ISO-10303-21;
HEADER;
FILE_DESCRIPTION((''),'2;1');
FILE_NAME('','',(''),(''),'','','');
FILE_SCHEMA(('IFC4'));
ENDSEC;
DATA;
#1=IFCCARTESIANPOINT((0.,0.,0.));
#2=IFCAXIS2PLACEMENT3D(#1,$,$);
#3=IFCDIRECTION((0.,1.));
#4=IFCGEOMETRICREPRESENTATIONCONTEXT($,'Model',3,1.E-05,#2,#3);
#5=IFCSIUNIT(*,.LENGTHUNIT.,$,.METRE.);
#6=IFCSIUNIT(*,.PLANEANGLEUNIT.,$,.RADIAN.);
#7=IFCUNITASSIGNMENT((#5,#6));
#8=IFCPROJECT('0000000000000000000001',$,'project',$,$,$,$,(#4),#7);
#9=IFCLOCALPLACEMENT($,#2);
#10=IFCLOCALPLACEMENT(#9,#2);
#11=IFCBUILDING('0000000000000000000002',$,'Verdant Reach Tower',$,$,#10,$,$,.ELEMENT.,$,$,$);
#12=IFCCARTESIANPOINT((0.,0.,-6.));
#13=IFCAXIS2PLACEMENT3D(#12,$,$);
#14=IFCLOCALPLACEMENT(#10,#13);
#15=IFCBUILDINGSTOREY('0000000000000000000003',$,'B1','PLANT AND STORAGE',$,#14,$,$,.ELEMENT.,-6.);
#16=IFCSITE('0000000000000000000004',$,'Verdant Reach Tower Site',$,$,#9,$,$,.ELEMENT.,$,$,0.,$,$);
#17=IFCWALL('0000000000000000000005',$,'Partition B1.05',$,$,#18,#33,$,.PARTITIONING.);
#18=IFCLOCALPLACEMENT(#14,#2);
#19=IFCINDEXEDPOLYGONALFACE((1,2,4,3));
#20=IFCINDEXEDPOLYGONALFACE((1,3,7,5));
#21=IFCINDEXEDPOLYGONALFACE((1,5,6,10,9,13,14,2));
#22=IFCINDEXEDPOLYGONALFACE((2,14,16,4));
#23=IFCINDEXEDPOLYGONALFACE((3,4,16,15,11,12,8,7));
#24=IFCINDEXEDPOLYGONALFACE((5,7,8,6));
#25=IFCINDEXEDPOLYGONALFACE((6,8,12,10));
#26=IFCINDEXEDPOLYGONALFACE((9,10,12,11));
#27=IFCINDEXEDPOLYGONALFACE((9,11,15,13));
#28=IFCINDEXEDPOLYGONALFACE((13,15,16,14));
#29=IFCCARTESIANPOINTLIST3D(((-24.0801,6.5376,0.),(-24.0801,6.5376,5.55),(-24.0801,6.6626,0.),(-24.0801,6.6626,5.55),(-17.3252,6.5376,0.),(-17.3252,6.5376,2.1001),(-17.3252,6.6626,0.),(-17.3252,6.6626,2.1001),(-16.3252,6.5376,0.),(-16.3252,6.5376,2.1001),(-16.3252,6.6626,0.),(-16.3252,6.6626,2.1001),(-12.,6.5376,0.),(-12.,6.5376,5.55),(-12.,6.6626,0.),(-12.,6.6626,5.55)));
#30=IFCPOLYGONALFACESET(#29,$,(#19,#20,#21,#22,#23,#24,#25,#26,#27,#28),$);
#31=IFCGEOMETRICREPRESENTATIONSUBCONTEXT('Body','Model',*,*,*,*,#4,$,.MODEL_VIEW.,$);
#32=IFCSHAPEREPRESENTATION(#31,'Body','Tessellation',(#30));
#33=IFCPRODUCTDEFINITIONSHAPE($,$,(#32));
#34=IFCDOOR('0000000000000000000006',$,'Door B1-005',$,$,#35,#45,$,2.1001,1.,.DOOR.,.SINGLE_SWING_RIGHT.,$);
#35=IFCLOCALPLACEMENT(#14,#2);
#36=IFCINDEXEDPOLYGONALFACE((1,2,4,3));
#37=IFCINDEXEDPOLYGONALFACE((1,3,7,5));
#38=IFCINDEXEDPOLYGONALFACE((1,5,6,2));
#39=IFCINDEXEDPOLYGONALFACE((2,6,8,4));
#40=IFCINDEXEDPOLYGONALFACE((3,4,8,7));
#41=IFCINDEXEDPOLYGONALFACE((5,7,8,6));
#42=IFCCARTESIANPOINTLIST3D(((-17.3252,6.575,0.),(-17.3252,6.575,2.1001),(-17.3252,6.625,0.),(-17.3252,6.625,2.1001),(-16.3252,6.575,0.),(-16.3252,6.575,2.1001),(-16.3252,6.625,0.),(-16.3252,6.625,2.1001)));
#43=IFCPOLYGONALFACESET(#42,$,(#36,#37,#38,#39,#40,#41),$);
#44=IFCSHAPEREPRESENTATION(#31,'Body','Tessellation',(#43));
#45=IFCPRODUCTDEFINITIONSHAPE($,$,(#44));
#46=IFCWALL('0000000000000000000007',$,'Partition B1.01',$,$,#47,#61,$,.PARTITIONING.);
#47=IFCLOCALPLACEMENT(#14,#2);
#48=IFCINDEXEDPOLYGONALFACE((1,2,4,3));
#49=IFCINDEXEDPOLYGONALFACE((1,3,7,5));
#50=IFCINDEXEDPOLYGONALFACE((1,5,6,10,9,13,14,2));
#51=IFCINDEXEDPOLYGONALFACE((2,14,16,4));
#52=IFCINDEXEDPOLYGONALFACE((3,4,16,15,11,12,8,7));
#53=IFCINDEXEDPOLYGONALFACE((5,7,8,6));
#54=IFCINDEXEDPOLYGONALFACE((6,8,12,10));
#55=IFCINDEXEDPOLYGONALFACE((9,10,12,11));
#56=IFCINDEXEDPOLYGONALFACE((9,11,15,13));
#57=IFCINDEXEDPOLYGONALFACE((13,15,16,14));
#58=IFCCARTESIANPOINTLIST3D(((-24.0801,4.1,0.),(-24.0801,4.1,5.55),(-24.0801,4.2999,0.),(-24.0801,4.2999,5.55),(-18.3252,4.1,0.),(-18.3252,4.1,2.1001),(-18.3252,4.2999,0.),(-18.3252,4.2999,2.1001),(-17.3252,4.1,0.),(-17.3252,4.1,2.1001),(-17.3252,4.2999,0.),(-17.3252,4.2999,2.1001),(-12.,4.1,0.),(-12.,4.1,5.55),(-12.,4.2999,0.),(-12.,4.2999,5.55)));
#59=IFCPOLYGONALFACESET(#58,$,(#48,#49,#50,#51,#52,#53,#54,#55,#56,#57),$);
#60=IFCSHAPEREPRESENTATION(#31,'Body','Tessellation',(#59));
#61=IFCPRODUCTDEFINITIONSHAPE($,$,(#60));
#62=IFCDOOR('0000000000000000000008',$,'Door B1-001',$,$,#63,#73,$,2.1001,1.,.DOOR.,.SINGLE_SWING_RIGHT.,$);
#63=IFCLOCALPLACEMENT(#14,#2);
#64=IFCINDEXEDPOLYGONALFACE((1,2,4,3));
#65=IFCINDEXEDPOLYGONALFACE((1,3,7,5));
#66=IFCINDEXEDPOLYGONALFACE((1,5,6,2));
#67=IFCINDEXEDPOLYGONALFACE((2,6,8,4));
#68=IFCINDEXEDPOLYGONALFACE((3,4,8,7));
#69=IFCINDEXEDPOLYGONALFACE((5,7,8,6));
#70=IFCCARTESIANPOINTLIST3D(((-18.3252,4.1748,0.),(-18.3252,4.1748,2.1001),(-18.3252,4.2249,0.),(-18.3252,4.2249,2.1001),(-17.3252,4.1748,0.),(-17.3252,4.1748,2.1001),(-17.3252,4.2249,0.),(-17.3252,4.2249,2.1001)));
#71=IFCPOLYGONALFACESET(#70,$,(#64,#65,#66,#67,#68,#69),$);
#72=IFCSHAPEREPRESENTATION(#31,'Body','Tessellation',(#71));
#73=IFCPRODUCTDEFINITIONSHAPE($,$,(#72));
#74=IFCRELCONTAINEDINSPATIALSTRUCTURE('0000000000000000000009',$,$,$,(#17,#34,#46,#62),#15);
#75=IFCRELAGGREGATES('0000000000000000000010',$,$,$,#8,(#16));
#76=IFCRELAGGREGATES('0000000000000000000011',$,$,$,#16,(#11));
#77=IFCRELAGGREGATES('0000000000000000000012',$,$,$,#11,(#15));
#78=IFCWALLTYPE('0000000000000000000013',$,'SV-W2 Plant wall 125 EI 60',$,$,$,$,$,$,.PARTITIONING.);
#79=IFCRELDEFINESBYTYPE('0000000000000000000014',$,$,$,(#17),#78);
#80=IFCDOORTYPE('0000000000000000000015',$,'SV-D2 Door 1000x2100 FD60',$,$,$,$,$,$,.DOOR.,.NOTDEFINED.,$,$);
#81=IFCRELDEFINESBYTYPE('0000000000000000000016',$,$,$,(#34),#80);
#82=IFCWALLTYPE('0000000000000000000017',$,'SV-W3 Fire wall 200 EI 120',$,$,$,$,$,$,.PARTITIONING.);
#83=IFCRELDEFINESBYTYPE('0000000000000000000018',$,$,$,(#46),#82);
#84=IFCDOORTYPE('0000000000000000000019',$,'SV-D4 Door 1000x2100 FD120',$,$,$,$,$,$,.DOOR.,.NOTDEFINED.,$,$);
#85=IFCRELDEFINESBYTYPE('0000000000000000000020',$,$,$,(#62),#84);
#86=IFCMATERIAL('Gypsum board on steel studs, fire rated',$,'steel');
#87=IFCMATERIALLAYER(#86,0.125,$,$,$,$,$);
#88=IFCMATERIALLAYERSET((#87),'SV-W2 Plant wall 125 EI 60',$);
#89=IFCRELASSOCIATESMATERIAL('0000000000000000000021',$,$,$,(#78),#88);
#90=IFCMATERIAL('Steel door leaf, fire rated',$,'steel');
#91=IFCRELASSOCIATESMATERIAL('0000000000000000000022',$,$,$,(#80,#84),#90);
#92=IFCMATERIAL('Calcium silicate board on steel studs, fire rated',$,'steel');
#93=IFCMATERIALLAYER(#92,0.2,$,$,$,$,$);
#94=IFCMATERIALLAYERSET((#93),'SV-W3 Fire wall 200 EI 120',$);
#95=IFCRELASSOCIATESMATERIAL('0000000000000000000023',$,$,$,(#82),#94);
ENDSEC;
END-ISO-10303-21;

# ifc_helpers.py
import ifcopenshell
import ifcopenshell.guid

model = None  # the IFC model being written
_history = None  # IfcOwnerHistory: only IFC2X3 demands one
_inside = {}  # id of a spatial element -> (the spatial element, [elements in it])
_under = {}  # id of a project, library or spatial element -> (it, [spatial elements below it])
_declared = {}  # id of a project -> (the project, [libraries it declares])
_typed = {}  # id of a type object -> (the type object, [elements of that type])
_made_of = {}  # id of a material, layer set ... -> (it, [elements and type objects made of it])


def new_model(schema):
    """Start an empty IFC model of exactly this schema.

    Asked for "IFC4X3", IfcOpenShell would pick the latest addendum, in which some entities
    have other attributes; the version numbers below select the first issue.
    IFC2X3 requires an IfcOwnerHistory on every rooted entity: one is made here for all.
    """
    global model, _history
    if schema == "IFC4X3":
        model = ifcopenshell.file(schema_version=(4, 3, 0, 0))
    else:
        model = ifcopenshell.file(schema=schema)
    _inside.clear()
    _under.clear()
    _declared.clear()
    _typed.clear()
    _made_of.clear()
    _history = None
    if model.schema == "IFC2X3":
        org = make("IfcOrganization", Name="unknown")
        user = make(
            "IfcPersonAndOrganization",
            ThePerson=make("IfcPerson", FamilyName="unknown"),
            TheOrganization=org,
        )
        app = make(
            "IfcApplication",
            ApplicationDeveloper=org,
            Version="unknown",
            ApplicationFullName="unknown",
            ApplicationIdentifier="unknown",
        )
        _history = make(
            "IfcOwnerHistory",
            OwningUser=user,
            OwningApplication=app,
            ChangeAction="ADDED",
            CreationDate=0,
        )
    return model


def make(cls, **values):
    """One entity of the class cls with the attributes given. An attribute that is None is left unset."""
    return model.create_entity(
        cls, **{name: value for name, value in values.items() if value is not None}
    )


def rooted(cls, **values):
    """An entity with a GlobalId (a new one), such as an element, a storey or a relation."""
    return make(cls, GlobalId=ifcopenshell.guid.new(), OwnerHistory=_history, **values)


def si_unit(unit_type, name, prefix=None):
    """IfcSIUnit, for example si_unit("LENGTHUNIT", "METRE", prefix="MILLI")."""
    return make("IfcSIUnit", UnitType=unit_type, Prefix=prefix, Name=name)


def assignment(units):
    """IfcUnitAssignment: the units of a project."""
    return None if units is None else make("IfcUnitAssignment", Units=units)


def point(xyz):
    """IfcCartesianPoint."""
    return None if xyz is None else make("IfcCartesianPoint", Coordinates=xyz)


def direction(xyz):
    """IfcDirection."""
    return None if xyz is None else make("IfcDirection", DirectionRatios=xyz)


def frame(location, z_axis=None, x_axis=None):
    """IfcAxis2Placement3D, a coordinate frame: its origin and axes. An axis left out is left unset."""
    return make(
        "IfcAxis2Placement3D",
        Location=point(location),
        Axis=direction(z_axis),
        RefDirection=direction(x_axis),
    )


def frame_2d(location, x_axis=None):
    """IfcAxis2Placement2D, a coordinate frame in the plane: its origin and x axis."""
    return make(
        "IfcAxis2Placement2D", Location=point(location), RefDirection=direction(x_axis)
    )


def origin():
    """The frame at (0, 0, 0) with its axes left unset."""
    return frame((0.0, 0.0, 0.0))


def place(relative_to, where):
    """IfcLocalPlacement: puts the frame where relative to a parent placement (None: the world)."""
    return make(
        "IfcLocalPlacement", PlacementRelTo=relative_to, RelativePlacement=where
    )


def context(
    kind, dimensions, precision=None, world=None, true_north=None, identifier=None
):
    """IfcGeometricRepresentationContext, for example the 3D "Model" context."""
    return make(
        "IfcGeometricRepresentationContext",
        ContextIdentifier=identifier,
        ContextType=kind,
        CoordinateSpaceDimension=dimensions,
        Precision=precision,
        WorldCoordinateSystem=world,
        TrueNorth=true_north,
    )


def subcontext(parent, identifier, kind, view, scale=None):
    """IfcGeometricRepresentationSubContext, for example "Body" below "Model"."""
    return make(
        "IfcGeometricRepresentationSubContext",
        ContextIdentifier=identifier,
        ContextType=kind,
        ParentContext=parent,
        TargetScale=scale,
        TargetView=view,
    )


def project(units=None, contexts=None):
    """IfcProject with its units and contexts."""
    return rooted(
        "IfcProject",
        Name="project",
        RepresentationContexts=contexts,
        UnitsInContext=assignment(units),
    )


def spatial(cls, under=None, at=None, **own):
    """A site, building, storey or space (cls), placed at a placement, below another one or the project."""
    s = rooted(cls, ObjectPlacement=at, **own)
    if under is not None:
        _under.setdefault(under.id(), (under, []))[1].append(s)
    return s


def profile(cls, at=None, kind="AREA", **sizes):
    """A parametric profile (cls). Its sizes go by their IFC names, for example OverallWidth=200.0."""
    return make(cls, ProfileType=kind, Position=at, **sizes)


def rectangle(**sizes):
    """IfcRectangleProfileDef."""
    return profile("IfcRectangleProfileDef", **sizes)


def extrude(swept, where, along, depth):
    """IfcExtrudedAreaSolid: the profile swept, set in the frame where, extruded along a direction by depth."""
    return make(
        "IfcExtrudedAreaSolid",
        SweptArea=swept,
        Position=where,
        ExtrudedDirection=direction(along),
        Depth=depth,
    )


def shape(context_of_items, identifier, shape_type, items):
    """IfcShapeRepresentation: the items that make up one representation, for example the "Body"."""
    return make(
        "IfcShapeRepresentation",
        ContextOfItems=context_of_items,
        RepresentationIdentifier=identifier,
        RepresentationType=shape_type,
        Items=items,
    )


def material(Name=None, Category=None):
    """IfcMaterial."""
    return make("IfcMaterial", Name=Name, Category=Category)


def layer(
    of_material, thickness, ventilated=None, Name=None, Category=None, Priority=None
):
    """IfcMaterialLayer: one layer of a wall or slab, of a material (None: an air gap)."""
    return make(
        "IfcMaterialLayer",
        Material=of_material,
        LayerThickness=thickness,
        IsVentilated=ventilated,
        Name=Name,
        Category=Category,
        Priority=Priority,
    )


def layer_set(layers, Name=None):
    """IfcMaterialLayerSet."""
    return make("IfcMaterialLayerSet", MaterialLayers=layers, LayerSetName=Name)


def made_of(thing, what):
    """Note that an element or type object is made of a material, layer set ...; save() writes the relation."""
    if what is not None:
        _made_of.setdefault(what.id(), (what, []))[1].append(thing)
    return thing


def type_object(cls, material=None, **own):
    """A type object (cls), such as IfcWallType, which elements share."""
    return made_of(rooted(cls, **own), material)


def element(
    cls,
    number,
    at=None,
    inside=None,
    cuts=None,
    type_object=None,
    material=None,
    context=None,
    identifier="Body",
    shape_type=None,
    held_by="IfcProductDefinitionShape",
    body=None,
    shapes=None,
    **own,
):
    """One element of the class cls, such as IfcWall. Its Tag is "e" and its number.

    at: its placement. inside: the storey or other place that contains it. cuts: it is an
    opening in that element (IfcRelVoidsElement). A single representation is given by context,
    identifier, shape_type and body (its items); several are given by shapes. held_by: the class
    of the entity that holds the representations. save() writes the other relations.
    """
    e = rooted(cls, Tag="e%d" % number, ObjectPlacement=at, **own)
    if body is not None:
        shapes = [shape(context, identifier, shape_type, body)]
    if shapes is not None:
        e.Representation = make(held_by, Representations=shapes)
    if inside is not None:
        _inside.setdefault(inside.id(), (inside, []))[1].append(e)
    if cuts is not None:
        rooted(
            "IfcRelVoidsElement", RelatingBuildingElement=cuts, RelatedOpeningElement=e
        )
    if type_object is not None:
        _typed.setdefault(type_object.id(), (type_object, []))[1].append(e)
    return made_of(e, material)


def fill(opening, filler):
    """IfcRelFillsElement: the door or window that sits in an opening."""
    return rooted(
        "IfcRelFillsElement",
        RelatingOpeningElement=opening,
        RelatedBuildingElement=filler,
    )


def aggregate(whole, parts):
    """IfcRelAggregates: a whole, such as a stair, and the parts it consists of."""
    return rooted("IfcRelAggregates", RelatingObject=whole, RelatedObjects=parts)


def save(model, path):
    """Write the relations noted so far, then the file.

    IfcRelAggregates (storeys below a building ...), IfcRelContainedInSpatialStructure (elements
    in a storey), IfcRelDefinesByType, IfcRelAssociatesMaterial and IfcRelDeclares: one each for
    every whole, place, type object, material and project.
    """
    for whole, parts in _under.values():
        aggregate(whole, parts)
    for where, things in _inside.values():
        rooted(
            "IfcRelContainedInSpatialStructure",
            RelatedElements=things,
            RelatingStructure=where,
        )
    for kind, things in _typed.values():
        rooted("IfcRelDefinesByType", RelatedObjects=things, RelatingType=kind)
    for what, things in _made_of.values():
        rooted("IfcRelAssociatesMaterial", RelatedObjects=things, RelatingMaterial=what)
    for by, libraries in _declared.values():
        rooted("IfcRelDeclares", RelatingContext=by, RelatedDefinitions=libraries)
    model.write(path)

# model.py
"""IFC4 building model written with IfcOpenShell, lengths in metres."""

from ifc_helpers import new_model, si_unit, direction, frame, frame_2d, origin, place, context, subcontext, project, spatial, rectangle, extrude, material, layer, layer_set, type_object, element, fill, save


model = new_model("IFC4")

# Units and contexts
model_context = context("Model", 3, precision=1e-05, world=origin(), true_north=direction((0.0, 1.0)))
body_context = subcontext(model_context, "Body", "Model", "MODEL_VIEW")
ifc_project = project(units=[si_unit("LENGTHUNIT", "METRE"), si_unit("PLANEANGLEUNIT", "RADIAN")], contexts=[model_context])

# Site, building, storey
site_placement = place(None, origin())
site = spatial("IfcSite", under=ifc_project, at=site_placement, Name="Verdant Reach Tower Site", CompositionType="ELEMENT", RefElevation=0.0)
building_placement = place(site_placement, origin())
building = spatial("IfcBuilding", under=site, at=building_placement, Name="Verdant Reach Tower", CompositionType="ELEMENT")
storey_placement = place(building_placement, frame((0.0, 0.0, -6.0)))
storey = spatial("IfcBuildingStorey", under=building, at=storey_placement, Name="B1", Description="PLANT AND STORAGE", CompositionType="ELEMENT", Elevation=-6.0)

# Walls, openings, doors
ifc_material_1 = material(Name="Gypsum board on steel studs, fire rated", Category="steel")
ifc_layer_1 = layer(ifc_material_1, 0.125)
ifc_layer_set_1 = layer_set([ifc_layer_1], Name="SV-W2 Plant wall 125 EI 60")
wall_type_1 = type_object("IfcWallType", Name="SV-W2 Plant wall 125 EI 60", PredefinedType="PARTITIONING", material=ifc_layer_set_1)
wall_1_placement = place(storey_placement, frame((-24.0801, 6.6001, 0.0), z_axis=(0.0, 0.0, 1.0), x_axis=(1.0, 0.0, 0.0)))
wall_1 = element("IfcWall", 1, at=wall_1_placement, inside=storey, type_object=wall_type_1, Name="Partition B1.05", PredefinedType="PARTITIONING", context=body_context, shape_type="SweptSolid", body=[
    extrude(rectangle(XDim=12.0801, YDim=0.125, at=frame_2d((6.04, 0.0))), origin(), (0.0, 0.0, 1.0), 5.55),
])
opening_1_placement = place(wall_1_placement, frame((6.7549, 0.0, 0.0)))
opening_1 = element("IfcOpeningElement", 2, at=opening_1_placement, cuts=wall_1, PredefinedType="OPENING", context=body_context, shape_type="SweptSolid", body=[
    extrude(rectangle(XDim=1.0, YDim=2.1001, at=frame_2d((0.5, 1.05))), frame((0.0, 0.0725, 0.0), z_axis=(0.0, -1.0, 0.0), x_axis=(1.0, 0.0, 0.0)), (0.0, 0.0, 1.0), 0.145),
])
ifc_material_2 = material(Name="Steel door leaf, fire rated", Category="steel")
door_type_1 = type_object("IfcDoorType", Name="SV-D2 Door 1000x2100 FD60", OperationType="NOTDEFINED", PredefinedType="DOOR", material=ifc_material_2)
door_1_placement = place(opening_1_placement, origin())
door_1 = element("IfcDoor", 3, at=door_1_placement, inside=storey, type_object=door_type_1, Name="Door B1-005", OperationType="SINGLE_SWING_RIGHT", OverallHeight=2.1001, OverallWidth=1.0, PredefinedType="DOOR", context=body_context, shape_type="SweptSolid", body=[
    extrude(rectangle(XDim=1.0, YDim=2.1001, at=frame_2d((0.5, 1.05))), frame((0.0, 0.0249, 0.0), z_axis=(0.0, -1.0, 0.0), x_axis=(1.0, 0.0, 0.0)), (0.0, 0.0, 1.0), 0.05),
])
fill(opening_1, door_1)
ifc_material_3 = material(Name="Calcium silicate board on steel studs, fire rated", Category="steel")
ifc_layer_2 = layer(ifc_material_3, 0.2)
ifc_layer_set_2 = layer_set([ifc_layer_2], Name="SV-W3 Fire wall 200 EI 120")
wall_type_2 = type_object("IfcWallType", Name="SV-W3 Fire wall 200 EI 120", PredefinedType="PARTITIONING", material=ifc_layer_set_2)
wall_2_placement = place(storey_placement, frame((-24.0801, 4.2, 0.0), z_axis=(0.0, 0.0, 1.0), x_axis=(1.0, 0.0, 0.0)))
wall_2 = element("IfcWall", 4, at=wall_2_placement, inside=storey, type_object=wall_type_2, Name="Partition B1.01", PredefinedType="PARTITIONING", context=body_context, shape_type="SweptSolid", body=[
    extrude(rectangle(XDim=12.0801, YDim=0.2, at=frame_2d((6.04, 0.0))), origin(), (0.0, 0.0, 1.0), 5.55),
])
opening_2_placement = place(wall_2_placement, frame((5.7549, 0.0, 0.0)))
opening_2 = element("IfcOpeningElement", 5, at=opening_2_placement, cuts=wall_2, PredefinedType="OPENING", context=body_context, shape_type="SweptSolid", body=[
    extrude(rectangle(XDim=1.0, YDim=2.1001, at=frame_2d((0.5, 1.05))), frame((0.0, 0.1099, 0.0), z_axis=(0.0, -1.0, 0.0), x_axis=(1.0, 0.0, 0.0)), (0.0, 0.0, 1.0), 0.22),
])
door_type_2 = type_object("IfcDoorType", Name="SV-D4 Door 1000x2100 FD120", OperationType="NOTDEFINED", PredefinedType="DOOR", material=ifc_material_2)
door_2_placement = place(opening_2_placement, origin())
door_2 = element("IfcDoor", 6, at=door_2_placement, inside=storey, type_object=door_type_2, Name="Door B1-001", OperationType="SINGLE_SWING_RIGHT", OverallHeight=2.1001, OverallWidth=1.0, PredefinedType="DOOR", context=body_context, shape_type="SweptSolid", body=[
    extrude(rectangle(XDim=1.0, YDim=2.1001, at=frame_2d((0.5, 1.05))), frame((0.0, 0.0249, 0.0), z_axis=(0.0, -1.0, 0.0), x_axis=(1.0, 0.0, 0.0)), (0.0, 0.0, 1.0), 0.05),
])
fill(opening_2, door_2)

save(model, "model.ifc")
